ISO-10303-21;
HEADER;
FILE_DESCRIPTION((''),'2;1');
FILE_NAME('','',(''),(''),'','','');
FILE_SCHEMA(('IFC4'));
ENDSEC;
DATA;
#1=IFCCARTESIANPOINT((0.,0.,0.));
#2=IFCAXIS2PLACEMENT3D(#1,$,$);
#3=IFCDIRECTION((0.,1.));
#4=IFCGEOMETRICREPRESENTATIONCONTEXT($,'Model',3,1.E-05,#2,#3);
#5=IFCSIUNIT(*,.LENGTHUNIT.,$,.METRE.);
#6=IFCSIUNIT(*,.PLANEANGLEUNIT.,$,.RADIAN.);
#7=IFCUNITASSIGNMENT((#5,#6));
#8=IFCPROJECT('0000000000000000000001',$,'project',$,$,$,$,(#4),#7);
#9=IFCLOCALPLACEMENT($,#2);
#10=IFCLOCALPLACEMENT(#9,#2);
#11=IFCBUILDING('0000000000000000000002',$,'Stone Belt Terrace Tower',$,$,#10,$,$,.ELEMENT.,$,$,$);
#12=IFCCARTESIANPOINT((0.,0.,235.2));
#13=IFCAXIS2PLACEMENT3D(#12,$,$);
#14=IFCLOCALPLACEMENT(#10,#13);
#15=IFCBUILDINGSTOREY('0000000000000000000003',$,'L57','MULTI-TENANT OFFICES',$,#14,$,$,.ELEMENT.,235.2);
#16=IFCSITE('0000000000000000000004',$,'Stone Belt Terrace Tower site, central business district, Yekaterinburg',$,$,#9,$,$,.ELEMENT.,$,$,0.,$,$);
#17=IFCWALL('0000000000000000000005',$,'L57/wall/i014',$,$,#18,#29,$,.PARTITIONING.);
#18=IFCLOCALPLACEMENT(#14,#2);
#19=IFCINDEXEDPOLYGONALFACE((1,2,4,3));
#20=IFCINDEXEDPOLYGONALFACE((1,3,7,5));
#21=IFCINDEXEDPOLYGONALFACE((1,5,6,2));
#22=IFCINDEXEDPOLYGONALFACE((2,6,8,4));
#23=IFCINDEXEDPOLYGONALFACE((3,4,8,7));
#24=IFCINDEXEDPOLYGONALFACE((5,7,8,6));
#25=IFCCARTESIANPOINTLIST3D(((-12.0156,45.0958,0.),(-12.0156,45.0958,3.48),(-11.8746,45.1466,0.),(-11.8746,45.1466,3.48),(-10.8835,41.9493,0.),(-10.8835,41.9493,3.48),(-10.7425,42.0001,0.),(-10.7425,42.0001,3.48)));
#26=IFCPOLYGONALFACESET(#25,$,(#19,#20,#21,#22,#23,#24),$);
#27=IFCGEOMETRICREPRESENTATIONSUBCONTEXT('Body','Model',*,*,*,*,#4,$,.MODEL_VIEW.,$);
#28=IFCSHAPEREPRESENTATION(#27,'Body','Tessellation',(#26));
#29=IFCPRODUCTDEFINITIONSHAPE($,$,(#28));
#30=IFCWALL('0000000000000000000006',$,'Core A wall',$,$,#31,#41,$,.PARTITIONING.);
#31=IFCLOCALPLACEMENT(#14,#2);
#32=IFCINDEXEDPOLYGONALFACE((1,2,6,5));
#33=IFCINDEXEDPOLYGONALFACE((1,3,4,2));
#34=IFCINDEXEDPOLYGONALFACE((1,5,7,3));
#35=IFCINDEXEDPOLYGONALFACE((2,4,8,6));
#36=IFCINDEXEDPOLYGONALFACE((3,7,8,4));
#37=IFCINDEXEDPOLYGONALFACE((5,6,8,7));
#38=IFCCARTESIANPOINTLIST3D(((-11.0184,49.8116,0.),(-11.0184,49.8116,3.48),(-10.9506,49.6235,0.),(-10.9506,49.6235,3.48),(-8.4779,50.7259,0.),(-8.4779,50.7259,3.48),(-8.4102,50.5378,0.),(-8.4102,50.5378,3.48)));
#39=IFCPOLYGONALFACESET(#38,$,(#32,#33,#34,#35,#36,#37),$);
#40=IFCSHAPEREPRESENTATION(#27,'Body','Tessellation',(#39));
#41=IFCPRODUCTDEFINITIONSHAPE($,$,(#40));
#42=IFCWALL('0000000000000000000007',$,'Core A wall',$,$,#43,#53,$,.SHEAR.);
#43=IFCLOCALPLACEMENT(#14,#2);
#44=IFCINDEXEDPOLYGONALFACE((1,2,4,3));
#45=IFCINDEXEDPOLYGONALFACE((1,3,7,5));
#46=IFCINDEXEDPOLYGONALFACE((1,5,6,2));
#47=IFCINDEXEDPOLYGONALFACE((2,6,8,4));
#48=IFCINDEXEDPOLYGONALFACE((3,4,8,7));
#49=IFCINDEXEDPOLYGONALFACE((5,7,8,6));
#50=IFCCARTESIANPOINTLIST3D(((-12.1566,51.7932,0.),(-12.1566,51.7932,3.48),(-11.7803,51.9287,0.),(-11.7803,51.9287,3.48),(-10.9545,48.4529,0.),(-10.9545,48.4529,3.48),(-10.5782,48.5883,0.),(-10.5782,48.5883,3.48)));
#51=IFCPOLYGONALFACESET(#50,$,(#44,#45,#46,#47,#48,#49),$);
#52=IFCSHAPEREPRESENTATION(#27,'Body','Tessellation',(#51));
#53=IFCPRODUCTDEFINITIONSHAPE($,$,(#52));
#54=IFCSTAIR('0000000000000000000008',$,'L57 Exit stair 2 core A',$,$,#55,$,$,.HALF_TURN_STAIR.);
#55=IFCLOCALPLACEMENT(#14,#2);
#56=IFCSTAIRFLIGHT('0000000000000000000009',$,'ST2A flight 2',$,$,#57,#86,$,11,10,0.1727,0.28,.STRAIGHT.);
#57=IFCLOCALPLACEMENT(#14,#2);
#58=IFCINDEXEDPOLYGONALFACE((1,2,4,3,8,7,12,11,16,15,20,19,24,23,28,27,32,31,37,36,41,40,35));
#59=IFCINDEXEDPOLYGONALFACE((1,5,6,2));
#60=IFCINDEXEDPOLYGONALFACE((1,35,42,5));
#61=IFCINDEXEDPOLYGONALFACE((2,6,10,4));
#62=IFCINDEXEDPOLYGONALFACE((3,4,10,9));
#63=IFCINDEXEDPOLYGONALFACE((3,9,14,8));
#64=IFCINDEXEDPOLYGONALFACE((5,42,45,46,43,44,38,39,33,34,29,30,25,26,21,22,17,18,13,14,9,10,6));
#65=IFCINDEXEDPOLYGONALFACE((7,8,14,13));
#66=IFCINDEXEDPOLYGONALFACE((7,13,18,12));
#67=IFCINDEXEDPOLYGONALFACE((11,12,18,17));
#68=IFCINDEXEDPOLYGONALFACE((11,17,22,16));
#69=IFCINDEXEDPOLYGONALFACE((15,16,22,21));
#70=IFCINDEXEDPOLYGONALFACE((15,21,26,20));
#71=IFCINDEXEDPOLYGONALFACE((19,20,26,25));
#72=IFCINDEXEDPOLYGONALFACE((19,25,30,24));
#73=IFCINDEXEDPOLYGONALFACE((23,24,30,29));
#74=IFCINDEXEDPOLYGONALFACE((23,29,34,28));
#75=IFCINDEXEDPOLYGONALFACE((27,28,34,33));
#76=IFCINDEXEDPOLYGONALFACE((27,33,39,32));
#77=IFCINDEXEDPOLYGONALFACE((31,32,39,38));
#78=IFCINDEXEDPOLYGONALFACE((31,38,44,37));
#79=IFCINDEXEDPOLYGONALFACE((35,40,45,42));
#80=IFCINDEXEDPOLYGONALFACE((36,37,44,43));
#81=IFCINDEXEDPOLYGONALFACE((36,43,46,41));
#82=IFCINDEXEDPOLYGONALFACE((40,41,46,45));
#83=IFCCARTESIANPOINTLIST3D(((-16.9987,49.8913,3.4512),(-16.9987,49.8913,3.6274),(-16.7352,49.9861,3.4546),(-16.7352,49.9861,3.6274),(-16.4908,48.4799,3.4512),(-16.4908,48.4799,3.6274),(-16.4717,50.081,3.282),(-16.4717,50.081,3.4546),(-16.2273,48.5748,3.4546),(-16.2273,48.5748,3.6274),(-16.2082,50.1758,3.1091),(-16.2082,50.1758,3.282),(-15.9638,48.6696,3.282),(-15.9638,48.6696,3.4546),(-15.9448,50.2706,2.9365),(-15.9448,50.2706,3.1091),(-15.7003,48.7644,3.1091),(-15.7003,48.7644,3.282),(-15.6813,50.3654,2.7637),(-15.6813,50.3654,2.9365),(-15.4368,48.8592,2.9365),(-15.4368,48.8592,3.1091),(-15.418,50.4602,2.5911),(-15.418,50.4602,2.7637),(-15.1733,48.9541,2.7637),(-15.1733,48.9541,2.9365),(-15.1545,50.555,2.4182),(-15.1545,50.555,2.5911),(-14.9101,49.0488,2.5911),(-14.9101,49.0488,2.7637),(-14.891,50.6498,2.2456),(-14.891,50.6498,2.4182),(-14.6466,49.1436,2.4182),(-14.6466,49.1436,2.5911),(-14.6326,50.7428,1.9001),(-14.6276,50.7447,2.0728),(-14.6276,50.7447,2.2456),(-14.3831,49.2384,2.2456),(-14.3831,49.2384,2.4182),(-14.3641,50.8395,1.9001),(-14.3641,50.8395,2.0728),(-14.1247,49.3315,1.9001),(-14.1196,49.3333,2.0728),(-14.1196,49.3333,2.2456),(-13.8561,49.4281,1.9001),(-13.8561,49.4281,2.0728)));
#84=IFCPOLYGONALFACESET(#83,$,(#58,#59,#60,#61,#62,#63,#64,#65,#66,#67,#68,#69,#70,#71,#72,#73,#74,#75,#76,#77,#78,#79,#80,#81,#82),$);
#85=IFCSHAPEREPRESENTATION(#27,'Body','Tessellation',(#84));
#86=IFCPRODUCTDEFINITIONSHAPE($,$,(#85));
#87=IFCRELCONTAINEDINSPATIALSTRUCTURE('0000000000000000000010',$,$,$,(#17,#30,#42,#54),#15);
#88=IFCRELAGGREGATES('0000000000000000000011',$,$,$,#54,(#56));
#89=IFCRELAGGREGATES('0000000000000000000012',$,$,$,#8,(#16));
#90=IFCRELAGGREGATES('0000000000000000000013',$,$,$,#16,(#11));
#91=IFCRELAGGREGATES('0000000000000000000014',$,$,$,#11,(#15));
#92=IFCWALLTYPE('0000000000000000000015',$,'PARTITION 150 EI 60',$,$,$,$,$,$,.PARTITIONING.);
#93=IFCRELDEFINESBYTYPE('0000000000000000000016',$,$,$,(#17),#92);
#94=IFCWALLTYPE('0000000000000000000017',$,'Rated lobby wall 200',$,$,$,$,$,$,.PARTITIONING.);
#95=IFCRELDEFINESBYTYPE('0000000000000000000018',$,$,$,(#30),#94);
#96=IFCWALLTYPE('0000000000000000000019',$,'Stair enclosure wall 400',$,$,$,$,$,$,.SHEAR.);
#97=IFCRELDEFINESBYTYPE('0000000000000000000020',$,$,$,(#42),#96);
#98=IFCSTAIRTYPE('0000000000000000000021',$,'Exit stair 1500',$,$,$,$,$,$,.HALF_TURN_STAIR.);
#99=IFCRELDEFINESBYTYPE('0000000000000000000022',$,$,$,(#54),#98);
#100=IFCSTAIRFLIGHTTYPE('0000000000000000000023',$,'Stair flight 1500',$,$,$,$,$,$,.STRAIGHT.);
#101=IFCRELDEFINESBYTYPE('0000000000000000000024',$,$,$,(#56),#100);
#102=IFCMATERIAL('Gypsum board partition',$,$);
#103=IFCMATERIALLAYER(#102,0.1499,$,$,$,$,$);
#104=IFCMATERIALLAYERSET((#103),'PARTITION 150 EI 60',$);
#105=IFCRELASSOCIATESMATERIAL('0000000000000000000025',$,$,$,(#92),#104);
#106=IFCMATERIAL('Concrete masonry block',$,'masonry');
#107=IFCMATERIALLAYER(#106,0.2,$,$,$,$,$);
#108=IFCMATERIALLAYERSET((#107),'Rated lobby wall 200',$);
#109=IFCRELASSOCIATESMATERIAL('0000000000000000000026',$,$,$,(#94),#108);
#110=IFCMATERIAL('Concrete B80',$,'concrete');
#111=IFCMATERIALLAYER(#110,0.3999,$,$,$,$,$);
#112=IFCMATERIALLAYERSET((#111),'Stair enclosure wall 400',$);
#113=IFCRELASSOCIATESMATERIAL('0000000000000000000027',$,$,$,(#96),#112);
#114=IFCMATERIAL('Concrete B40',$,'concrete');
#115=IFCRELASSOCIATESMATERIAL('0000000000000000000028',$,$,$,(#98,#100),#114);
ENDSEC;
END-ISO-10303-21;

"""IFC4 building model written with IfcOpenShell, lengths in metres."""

from ifc_helpers import new_model, si_unit, direction, frame, frame_2d, origin, place, context, subcontext, project, spatial, polyline, rectangle, outline, extrude, material, layer, layer_set, type_object, element, aggregate, save


model = new_model("IFC4")

# Units and contexts
model_context = context("Model", 3, precision=1e-05, world=origin(), true_north=direction((0.0, 1.0)))
body_context = subcontext(model_context, "Body", "Model", "MODEL_VIEW")
ifc_project = project(units=[si_unit("LENGTHUNIT", "METRE"), si_unit("PLANEANGLEUNIT", "RADIAN")], contexts=[model_context])

# Site, building, storey
site_placement = place(None, origin())
site = spatial("IfcSite", under=ifc_project, at=site_placement, Name="Stone Belt Terrace Tower site, central business district, Yekaterinburg", CompositionType="ELEMENT", RefElevation=0.0)
building_placement = place(site_placement, origin())
building = spatial("IfcBuilding", under=site, at=building_placement, Name="Stone Belt Terrace Tower", CompositionType="ELEMENT")
storey_placement = place(building_placement, frame((0.0, 0.0, 235.2)))
storey = spatial("IfcBuildingStorey", under=building, at=storey_placement, Name="L57", Description="MULTI-TENANT OFFICES", CompositionType="ELEMENT", Elevation=235.2)

# Shared definitions
ifc_material_1 = material(Name="Gypsum board partition")
ifc_layer_1 = layer(ifc_material_1, 0.1499)
ifc_layer_set_1 = layer_set([ifc_layer_1], Name="PARTITION 150 EI 60")
wall_type_1 = type_object("IfcWallType", Name="PARTITION 150 EI 60", PredefinedType="PARTITIONING", material=ifc_layer_set_1)

# Walls
wall_1_placement = place(storey_placement, frame((-11.9451, 45.1211, 0.0), z_axis=(0.0, 0.0, 1.0), x_axis=(0.338546, -0.94095, 0.0)))
element("IfcWall", 1, at=wall_1_placement, inside=storey, type_object=wall_type_1, Name="L57/wall/i014", PredefinedType="PARTITIONING", context=body_context, shape_type="SweptSolid", body=[
    extrude(rectangle(XDim=3.344, YDim=0.1499, at=frame_2d((1.6719, 0.0))), origin(), (0.0, 0.0, 1.0), 3.48),
])
ifc_material_2 = material(Name="Concrete masonry block", Category="masonry")
ifc_layer_2 = layer(ifc_material_2, 0.2)
ifc_layer_set_2 = layer_set([ifc_layer_2], Name="Rated lobby wall 200")
wall_type_2 = type_object("IfcWallType", Name="Rated lobby wall 200", PredefinedType="PARTITIONING", material=ifc_layer_set_2)
wall_2_placement = place(storey_placement, frame((-10.9846, 49.7175, 0.0), z_axis=(0.0, 0.0, 1.0), x_axis=(0.940921, 0.338627, 0.0)))
element("IfcWall", 2, at=wall_2_placement, inside=storey, type_object=wall_type_2, Name="Core A wall", PredefinedType="PARTITIONING", context=body_context, shape_type="SweptSolid", body=[
    extrude(rectangle(XDim=2.7, YDim=0.2, at=frame_2d((1.3501, 0.0))), origin(), (0.0, 0.0, 1.0), 3.48),
])
ifc_material_3 = material(Name="Concrete B80", Category="concrete")
ifc_layer_3 = layer(ifc_material_3, 0.3999)
ifc_layer_set_3 = layer_set([ifc_layer_3], Name="Stair enclosure wall 400")
wall_type_3 = type_object("IfcWallType", Name="Stair enclosure wall 400", PredefinedType="SHEAR", material=ifc_layer_set_3)
wall_3_placement = place(storey_placement, frame((-10.7664, 48.5208, 0.0), z_axis=(0.0, 0.0, 1.0), x_axis=(-0.338627, 0.940921, 0.0)))
element("IfcWall", 3, at=wall_3_placement, inside=storey, type_object=wall_type_3, Name="Core A wall", PredefinedType="SHEAR", context=body_context, shape_type="SweptSolid", body=[
    extrude(rectangle(XDim=3.55, YDim=0.3999, at=frame_2d((1.7749, 0.0))), origin(), (0.0, 0.0, 1.0), 3.48),
])

# Stair, stair flight
ifc_material_4 = material(Name="Concrete B40", Category="concrete")
stair_type = type_object("IfcStairType", Name="Exit stair 1500", PredefinedType="HALF_TURN_STAIR", material=ifc_material_4)
stair_placement = place(storey_placement, origin())
stair = element("IfcStair", 4, at=stair_placement, inside=storey, type_object=stair_type, Name="L57 Exit stair 2 core A", PredefinedType="HALF_TURN_STAIR")
stair_flight_type = type_object("IfcStairFlightType", Name="Stair flight 1500", PredefinedType="STRAIGHT", material=ifc_material_4)
stair_flight_placement = place(storey_placement, frame((-14.1101, 50.1338, 1.9001), z_axis=(0.0, 0.0, 1.0), x_axis=(-0.940922, -0.338624, 0.0)))
stair_flight = element("IfcStairFlight", 5, at=stair_flight_placement, type_object=stair_flight_type, Name="ST2A flight 2", NumberOfRisers=11, NumberOfTreads=10, PredefinedType="STRAIGHT", RiserHeight=0.1727, TreadLength=0.28, context=body_context, shape_type="SweptSolid", body=[
    extrude(outline(polyline([(0.0, 0.0), (0.0, 0.1726), (0.28, 0.1726), (0.28, 0.3455), (0.5601, 0.3455), (0.5601, 0.5181), (0.8401, 0.5181), (0.8401, 0.6909), (1.1201, 0.6909), (1.1201, 0.8635), (1.3999, 0.8635), (1.3999, 1.0364), (1.6799, 1.0364), (1.6799, 1.209), (1.96, 1.209), (1.96, 1.3818), (2.24, 1.3818), (2.24, 1.5544), (2.52, 1.5544), (2.52, 1.7273), (2.8, 1.7273), (2.8, 1.8999), (2.8, 1.551), (0.2854, 0.0), (0.0, 0.0)])), frame((0.0, 0.75, 0.0), z_axis=(0.0, -1.0, 0.0), x_axis=(1.0, 0.0, 0.0)), (0.0, 0.0, 1.0), 1.5),
])
aggregate(stair, [stair_flight])

save(model, "model.ifc")
